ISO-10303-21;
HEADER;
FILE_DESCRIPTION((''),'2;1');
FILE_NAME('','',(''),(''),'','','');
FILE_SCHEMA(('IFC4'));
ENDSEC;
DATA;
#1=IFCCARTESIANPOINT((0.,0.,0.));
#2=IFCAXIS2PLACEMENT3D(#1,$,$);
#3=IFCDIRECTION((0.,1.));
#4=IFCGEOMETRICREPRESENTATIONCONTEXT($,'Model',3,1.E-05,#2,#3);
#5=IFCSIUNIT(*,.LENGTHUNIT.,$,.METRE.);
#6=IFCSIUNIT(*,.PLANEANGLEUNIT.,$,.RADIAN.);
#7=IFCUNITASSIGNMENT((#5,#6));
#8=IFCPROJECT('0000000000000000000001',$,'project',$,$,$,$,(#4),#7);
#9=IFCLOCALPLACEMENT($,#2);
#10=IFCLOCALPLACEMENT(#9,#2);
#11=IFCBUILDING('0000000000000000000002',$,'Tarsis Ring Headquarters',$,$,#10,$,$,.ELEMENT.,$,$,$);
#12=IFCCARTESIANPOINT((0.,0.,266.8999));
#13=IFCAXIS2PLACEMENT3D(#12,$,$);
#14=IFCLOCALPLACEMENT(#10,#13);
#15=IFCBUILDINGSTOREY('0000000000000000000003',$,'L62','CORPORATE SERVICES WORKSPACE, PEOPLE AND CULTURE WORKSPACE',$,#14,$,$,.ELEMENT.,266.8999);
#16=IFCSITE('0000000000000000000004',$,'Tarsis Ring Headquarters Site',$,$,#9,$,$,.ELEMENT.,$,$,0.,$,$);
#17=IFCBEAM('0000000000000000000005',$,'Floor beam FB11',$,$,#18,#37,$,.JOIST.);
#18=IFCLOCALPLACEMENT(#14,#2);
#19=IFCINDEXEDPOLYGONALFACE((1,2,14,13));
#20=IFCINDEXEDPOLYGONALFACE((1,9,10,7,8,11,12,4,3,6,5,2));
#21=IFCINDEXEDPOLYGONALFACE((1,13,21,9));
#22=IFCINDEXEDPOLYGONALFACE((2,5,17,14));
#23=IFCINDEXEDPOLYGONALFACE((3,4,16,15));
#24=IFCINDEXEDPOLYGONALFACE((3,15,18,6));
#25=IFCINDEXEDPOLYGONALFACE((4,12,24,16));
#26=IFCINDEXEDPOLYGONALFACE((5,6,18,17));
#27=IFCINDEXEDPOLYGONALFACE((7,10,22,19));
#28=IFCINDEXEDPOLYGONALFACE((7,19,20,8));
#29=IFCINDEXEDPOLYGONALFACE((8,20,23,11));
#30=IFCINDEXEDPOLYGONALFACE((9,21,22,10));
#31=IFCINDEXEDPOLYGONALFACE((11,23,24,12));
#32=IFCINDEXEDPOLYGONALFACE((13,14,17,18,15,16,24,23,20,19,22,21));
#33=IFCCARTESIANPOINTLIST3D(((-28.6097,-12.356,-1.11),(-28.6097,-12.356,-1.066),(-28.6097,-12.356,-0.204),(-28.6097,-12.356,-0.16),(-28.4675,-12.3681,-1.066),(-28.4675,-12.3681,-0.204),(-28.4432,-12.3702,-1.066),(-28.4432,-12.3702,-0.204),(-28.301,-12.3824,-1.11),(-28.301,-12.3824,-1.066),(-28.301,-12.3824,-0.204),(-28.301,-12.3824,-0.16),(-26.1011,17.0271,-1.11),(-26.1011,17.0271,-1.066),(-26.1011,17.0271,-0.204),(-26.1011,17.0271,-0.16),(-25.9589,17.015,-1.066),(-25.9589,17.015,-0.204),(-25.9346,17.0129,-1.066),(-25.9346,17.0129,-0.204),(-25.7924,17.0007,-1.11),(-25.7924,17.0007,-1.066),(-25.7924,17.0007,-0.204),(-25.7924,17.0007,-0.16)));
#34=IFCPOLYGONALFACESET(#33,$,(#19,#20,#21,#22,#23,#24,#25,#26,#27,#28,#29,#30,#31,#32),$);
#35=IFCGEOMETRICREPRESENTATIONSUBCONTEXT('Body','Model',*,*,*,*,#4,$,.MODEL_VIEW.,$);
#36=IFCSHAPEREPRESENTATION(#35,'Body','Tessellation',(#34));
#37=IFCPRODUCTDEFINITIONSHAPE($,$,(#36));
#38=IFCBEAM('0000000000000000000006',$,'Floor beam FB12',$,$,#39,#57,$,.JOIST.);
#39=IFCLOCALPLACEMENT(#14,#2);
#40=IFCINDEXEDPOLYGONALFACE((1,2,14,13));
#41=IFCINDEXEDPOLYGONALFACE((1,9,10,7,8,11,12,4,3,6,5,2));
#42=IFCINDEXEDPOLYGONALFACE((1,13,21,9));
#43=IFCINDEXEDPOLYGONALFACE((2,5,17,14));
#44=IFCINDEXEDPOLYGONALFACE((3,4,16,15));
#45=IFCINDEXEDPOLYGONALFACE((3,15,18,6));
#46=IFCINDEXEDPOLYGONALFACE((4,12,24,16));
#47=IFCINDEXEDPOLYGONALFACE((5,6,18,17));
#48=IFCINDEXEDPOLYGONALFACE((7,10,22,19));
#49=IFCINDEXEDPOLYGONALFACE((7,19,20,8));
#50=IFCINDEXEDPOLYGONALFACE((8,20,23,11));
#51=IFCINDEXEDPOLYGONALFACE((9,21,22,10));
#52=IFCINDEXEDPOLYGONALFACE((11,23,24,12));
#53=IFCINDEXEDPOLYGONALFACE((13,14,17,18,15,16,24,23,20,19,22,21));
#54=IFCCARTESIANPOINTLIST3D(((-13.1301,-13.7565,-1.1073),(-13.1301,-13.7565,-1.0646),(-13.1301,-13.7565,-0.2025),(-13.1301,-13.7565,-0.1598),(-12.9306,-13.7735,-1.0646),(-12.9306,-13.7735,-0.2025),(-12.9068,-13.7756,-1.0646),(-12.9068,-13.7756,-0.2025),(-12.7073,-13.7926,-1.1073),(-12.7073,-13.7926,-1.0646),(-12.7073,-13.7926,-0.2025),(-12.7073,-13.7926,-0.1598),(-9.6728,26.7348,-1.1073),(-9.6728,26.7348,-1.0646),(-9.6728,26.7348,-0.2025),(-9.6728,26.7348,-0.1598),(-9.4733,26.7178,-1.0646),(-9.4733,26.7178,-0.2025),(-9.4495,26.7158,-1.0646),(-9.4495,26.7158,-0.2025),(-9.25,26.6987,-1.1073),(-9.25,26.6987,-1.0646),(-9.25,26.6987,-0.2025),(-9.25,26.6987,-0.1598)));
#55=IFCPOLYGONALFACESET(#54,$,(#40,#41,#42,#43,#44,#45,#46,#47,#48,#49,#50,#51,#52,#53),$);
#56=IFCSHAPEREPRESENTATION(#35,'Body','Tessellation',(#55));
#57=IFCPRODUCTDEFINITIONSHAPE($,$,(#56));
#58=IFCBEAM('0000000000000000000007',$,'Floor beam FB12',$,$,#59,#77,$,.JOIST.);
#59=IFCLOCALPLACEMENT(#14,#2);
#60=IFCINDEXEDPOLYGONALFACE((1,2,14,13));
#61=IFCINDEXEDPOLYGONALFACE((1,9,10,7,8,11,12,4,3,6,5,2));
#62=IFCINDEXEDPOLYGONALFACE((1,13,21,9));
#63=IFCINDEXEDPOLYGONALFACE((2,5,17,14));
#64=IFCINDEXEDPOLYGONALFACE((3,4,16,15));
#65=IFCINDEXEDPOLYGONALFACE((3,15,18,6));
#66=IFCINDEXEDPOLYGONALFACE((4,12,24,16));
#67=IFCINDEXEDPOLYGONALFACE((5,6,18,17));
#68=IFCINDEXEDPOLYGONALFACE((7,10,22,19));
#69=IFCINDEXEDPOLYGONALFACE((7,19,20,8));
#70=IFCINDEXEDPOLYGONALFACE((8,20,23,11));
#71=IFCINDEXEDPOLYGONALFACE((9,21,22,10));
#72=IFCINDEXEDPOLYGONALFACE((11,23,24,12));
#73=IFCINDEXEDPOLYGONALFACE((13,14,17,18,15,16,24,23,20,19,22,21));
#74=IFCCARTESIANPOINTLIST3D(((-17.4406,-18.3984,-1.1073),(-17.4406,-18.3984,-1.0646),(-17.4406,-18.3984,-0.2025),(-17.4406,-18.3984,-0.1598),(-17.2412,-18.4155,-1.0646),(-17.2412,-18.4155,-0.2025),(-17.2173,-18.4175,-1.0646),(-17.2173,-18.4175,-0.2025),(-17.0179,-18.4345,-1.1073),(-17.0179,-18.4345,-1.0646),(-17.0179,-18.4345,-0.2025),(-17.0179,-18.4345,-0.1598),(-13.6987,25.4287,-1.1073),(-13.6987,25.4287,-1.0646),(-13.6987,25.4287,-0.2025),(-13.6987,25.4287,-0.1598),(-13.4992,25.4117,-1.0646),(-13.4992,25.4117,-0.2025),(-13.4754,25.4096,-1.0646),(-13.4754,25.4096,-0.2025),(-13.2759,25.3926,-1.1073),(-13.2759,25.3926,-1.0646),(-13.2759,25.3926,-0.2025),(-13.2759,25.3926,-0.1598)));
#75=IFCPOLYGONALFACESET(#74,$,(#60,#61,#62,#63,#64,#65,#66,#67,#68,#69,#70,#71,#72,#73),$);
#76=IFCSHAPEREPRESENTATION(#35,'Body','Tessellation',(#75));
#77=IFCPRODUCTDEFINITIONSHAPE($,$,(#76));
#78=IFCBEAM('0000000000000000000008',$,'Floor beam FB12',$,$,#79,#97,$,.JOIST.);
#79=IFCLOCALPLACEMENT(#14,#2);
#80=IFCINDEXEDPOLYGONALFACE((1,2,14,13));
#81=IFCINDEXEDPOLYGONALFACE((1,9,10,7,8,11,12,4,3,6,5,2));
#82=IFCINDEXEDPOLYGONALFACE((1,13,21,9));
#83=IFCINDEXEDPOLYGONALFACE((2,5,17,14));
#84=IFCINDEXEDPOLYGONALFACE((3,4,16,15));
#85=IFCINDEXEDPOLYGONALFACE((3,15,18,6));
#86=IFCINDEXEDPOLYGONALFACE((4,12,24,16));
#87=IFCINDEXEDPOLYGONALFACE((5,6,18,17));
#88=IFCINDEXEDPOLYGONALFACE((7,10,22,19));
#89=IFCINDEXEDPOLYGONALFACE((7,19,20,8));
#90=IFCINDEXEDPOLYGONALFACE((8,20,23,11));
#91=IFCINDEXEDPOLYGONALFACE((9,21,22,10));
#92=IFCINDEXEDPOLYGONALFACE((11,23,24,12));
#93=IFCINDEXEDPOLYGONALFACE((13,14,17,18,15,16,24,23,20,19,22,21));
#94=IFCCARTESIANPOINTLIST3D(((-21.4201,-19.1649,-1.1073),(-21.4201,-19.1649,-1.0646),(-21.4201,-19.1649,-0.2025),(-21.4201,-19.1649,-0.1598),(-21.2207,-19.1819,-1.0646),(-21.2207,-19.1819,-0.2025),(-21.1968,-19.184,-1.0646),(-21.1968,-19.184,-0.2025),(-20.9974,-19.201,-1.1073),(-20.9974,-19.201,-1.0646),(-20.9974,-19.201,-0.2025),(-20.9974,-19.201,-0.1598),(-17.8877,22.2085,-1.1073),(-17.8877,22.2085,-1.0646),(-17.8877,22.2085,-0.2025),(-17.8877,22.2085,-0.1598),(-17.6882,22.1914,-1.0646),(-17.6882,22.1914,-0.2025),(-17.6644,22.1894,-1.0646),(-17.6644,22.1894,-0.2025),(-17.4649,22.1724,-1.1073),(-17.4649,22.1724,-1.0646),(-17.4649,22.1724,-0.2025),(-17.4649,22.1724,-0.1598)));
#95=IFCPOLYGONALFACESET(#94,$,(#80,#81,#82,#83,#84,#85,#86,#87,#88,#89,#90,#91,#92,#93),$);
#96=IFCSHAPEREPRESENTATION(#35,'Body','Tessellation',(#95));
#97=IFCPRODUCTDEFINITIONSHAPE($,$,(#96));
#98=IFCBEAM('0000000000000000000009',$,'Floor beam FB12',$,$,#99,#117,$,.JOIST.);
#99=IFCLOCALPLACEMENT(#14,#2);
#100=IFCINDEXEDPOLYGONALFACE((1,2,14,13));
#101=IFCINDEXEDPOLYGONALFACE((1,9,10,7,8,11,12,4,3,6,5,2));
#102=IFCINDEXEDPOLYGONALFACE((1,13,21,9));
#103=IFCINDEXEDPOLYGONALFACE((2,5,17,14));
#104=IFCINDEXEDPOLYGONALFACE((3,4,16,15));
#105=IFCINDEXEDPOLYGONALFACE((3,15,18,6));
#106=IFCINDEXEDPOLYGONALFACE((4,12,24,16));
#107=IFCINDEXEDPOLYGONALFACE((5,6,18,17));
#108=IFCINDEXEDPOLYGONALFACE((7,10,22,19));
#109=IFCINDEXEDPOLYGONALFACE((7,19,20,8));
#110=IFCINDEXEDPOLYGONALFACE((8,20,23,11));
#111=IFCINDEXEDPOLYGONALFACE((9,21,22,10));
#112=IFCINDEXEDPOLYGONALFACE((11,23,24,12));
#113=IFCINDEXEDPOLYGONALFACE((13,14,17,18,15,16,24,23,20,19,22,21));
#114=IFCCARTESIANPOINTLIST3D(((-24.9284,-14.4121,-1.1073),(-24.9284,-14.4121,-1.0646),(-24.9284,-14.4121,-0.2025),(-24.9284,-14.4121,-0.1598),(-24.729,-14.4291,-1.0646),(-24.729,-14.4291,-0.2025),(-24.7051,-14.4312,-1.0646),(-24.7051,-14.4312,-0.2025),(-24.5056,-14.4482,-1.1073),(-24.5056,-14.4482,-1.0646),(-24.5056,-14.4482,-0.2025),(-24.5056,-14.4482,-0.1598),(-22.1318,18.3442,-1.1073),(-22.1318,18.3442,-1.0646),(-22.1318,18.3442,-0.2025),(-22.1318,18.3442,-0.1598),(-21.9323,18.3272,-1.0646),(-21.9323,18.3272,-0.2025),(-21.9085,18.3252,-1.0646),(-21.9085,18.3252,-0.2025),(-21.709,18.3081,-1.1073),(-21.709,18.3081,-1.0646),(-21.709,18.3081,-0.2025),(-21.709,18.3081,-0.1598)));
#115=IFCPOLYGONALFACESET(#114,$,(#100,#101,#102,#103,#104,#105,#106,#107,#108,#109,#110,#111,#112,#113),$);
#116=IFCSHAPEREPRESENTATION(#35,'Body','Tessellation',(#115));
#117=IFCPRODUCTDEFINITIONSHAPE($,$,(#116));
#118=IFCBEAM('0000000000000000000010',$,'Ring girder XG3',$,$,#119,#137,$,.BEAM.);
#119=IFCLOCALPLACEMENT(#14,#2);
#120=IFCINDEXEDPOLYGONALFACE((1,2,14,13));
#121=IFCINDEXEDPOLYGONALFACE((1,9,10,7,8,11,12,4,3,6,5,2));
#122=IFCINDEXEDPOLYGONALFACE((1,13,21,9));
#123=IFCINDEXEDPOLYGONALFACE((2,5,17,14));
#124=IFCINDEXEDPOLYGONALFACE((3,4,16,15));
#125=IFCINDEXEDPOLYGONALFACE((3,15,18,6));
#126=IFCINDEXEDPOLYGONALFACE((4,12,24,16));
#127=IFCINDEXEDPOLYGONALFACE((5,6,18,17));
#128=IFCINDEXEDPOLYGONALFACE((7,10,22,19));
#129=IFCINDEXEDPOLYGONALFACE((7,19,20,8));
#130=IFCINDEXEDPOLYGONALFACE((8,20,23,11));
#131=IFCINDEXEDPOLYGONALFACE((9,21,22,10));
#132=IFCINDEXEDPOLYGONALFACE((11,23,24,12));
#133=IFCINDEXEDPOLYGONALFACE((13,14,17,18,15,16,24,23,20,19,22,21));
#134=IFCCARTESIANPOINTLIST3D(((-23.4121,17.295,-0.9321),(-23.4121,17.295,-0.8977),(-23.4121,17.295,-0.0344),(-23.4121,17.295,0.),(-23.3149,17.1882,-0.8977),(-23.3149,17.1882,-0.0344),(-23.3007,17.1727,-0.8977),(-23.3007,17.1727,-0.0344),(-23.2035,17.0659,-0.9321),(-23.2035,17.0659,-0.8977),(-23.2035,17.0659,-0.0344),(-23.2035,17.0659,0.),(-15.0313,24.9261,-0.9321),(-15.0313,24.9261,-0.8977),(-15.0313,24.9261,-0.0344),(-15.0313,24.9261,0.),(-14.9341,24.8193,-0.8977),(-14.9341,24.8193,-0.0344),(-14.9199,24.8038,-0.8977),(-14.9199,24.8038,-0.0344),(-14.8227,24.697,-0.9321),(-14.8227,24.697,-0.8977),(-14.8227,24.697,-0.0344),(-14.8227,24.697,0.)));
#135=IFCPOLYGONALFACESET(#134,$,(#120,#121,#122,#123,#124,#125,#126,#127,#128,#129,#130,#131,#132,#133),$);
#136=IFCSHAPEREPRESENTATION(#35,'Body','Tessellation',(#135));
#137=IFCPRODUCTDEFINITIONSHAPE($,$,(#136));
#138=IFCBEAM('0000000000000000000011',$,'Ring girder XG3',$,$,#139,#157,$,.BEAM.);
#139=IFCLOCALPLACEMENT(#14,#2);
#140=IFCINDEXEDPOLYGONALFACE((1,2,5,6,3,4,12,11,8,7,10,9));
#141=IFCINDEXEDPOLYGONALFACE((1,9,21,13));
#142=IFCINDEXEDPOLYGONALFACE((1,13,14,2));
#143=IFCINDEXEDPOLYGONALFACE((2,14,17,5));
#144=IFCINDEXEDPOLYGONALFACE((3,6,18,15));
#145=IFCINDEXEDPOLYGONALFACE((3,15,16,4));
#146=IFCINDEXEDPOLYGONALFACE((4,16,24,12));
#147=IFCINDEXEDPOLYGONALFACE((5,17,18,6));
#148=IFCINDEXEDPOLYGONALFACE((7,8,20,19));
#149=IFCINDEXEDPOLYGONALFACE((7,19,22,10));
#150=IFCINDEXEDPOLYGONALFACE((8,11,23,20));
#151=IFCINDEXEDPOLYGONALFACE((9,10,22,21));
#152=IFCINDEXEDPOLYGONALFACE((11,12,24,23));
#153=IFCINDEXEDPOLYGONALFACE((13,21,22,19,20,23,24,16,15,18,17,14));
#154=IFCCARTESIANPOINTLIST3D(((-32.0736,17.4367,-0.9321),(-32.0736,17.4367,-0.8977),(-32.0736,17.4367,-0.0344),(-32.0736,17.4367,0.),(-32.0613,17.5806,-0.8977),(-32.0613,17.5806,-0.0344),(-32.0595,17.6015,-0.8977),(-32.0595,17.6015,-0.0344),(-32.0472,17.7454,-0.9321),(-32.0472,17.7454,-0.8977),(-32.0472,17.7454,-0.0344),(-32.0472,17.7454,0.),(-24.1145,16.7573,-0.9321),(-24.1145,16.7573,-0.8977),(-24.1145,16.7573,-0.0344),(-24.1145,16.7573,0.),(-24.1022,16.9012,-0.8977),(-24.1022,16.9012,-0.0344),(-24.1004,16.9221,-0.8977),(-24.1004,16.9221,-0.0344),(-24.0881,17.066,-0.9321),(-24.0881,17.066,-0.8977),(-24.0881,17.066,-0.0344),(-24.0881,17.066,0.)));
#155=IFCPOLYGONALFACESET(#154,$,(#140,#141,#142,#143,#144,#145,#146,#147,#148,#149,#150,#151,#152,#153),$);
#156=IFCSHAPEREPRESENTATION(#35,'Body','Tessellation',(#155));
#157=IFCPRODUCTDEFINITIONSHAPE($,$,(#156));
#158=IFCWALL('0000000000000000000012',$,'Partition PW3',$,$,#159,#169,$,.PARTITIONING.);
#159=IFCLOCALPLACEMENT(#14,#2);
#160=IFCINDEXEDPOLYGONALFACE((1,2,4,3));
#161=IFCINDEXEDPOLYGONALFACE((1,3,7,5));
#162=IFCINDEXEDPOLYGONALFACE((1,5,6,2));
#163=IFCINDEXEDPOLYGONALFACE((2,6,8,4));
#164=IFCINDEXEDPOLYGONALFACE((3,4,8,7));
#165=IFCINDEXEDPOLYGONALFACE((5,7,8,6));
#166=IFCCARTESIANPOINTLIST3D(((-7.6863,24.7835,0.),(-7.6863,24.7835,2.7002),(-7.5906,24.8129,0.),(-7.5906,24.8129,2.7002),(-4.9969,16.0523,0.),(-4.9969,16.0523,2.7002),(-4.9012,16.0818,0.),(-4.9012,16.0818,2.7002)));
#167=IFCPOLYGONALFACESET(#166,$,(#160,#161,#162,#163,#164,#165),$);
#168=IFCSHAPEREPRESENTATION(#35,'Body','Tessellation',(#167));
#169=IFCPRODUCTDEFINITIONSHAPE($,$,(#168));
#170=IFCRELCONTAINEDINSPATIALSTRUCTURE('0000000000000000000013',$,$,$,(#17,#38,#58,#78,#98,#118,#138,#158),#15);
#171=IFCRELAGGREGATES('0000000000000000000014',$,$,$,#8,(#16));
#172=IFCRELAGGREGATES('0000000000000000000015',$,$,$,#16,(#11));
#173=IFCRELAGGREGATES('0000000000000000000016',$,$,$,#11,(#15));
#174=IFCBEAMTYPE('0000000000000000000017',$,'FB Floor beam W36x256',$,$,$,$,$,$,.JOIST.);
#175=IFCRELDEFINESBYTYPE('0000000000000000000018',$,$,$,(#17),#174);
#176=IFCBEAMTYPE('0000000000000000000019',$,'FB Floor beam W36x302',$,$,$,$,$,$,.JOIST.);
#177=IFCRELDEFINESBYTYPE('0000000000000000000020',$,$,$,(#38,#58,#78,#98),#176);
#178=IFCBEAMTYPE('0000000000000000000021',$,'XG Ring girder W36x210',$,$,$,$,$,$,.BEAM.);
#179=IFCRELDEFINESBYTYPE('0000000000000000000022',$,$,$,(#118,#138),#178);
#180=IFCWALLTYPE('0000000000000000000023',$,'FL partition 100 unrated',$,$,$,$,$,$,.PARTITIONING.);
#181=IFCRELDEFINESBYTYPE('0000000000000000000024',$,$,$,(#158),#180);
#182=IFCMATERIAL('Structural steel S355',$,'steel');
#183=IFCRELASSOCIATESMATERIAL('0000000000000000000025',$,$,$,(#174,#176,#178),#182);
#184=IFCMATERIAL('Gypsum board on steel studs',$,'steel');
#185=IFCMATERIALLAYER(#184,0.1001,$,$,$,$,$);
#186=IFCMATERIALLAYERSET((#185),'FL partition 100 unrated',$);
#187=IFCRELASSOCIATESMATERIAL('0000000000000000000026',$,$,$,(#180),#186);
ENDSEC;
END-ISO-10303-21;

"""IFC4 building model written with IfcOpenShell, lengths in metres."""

from ifc_helpers import new_model, si_unit, direction, frame, frame_2d, origin, origin_2d, place, context, subcontext, project, spatial, rectangle, i_section, extrude, material, layer, layer_set, material_profile, profile_set, type_object, element, save


model = new_model("IFC4")

# Units and contexts
model_context = context("Model", 3, precision=1e-05, world=origin(), true_north=direction((0.0, 1.0)))
body_context = subcontext(model_context, "Body", "Model", "MODEL_VIEW")
ifc_project = project(units=[si_unit("LENGTHUNIT", "METRE"), si_unit("PLANEANGLEUNIT", "RADIAN")], contexts=[model_context])

# Site, building, storey
site_placement = place(None, origin())
site = spatial("IfcSite", under=ifc_project, at=site_placement, Name="Tarsis Ring Headquarters Site", CompositionType="ELEMENT", RefElevation=0.0)
building_placement = place(site_placement, origin())
building = spatial("IfcBuilding", under=site, at=building_placement, Name="Tarsis Ring Headquarters", CompositionType="ELEMENT")
storey_placement = place(building_placement, frame((0.0, 0.0, 266.8999)))
storey = spatial("IfcBuildingStorey", under=building, at=storey_placement, Name="L62", Description="CORPORATE SERVICES WORKSPACE, PEOPLE AND CULTURE WORKSPACE", CompositionType="ELEMENT", Elevation=266.8999)

# Shared definitions
ifc_material_1 = material(Name="Structural steel S355", Category="steel")

# Beams
ifc_material_profile_1 = material_profile(ifc_material_1, i_section(OverallWidth=0.3098, OverallDepth=0.95, WebThickness=0.0244, FlangeThickness=0.0439, at=origin_2d()), Name="W36x256")
ifc_profile_set_1 = profile_set([ifc_material_profile_1], Name="Structural steel S355")
beam_type_1 = type_object("IfcBeamType", Name="FB Floor beam W36x256", PredefinedType="JOIST", material=ifc_profile_set_1)
beam_1_placement = place(storey_placement, frame((-25.9468, 17.0139, -0.635), z_axis=(-0.085064, -0.996375, 0.0), x_axis=(0.996375, -0.085064, 0.0)))
element("IfcBeam", 1, at=beam_1_placement, inside=storey, type_object=beam_type_1, Name="Floor beam FB11", PredefinedType="JOIST", context=body_context, shape_type="SweptSolid", body=[
    extrude(i_section(OverallWidth=0.3098, OverallDepth=0.95, WebThickness=0.0244, FlangeThickness=0.0439, at=origin_2d()), origin(), (0.0, 0.0, 1.0), 29.49),
])
ifc_material_profile_2 = material_profile(ifc_material_1, i_section(OverallWidth=0.4243, OverallDepth=0.9475, WebThickness=0.0239, FlangeThickness=0.0427, at=origin_2d()), Name="W36x302")
ifc_profile_set_2 = profile_set([ifc_material_profile_2], Name="Structural steel S355")
beam_type_2 = type_object("IfcBeamType", Name="FB Floor beam W36x302", PredefinedType="JOIST", material=ifc_profile_set_2)
beam_2_placement = place(storey_placement, frame((-9.4614, 26.7168, -0.6335), z_axis=(-0.085073, -0.996375, 0.0), x_axis=(0.996375, -0.085073, 0.0)))
element("IfcBeam", 2, at=beam_2_placement, inside=storey, type_object=beam_type_2, Name="Floor beam FB12", PredefinedType="JOIST", context=body_context, shape_type="SweptSolid", body=[
    extrude(i_section(OverallWidth=0.4243, OverallDepth=0.9475, WebThickness=0.0239, FlangeThickness=0.0427, at=origin_2d()), origin(), (0.0, 0.0, 1.0), 40.6387),
])
beam_3_placement = place(storey_placement, frame((-13.4873, 25.4106, -0.6335), z_axis=(-0.08507, -0.996375, 0.0), x_axis=(0.996375, -0.08507, 0.0)))
element("IfcBeam", 3, at=beam_3_placement, inside=storey, type_object=beam_type_2, Name="Floor beam FB12", PredefinedType="JOIST", context=body_context, shape_type="SweptSolid", body=[
    extrude(i_section(OverallWidth=0.4243, OverallDepth=0.9475, WebThickness=0.0239, FlangeThickness=0.0427, at=origin_2d()), origin(), (0.0, 0.0, 1.0), 43.9866),
])
beam_4_placement = place(storey_placement, frame((-17.6763, 22.1904, -0.6335), z_axis=(-0.085071, -0.996375, 0.0), x_axis=(0.996375, -0.085071, 0.0)))
element("IfcBeam", 4, at=beam_4_placement, inside=storey, type_object=beam_type_2, Name="Floor beam FB12", PredefinedType="JOIST", context=body_context, shape_type="SweptSolid", body=[
    extrude(i_section(OverallWidth=0.4243, OverallDepth=0.9475, WebThickness=0.0239, FlangeThickness=0.0427, at=origin_2d()), origin(), (0.0, 0.0, 1.0), 41.5239),
])
beam_5_placement = place(storey_placement, frame((-21.9204, 18.3262, -0.6335), z_axis=(-0.085067, -0.996375, 0.0), x_axis=(0.996375, -0.085067, 0.0)))
element("IfcBeam", 5, at=beam_5_placement, inside=storey, type_object=beam_type_2, Name="Floor beam FB12", PredefinedType="JOIST", context=body_context, shape_type="SweptSolid", body=[
    extrude(i_section(OverallWidth=0.4243, OverallDepth=0.9475, WebThickness=0.0239, FlangeThickness=0.0427, at=origin_2d()), origin(), (0.0, 0.0, 1.0), 32.8755),
])
ifc_material_profile_3 = material_profile(ifc_material_1, i_section(OverallWidth=0.3098, OverallDepth=0.9321, WebThickness=0.021, FlangeThickness=0.0344, at=origin_2d()), Name="W36x210")
ifc_profile_set_3 = profile_set([ifc_material_profile_3], Name="Structural steel S355")
beam_type_3 = type_object("IfcBeamType", Name="XG Ring girder W36x210", PredefinedType="BEAM", material=ifc_profile_set_3)
beam_6_placement = place(storey_placement, frame((-14.927, 24.8115, -0.4661), z_axis=(-0.739407, -0.673259, 0.0), x_axis=(0.673259, -0.739407, 0.0)))
element("IfcBeam", 6, at=beam_6_placement, inside=storey, type_object=beam_type_3, Name="Ring girder XG3", PredefinedType="BEAM", context=body_context, shape_type="SweptSolid", body=[
    extrude(i_section(OverallWidth=0.3098, OverallDepth=0.9321, WebThickness=0.021, FlangeThickness=0.0344, at=origin_2d()), origin(), (0.0, 0.0, 1.0), 11.3345),
])
beam_7_placement = place(storey_placement, frame((-24.1013, 16.9116, -0.4661), z_axis=(-0.996376, 0.085059, 0.0), x_axis=(-0.085059, -0.996376, 0.0)))
element("IfcBeam", 7, at=beam_7_placement, inside=storey, type_object=beam_type_3, Name="Ring girder XG3", PredefinedType="BEAM", context=body_context, shape_type="SweptSolid", body=[
    extrude(i_section(OverallWidth=0.3098, OverallDepth=0.9321, WebThickness=0.021, FlangeThickness=0.0344, at=origin_2d()), origin(), (0.0, 0.0, 1.0), 7.988),
])

# Wall
ifc_material_2 = material(Name="Gypsum board on steel studs", Category="steel")
ifc_layer_1 = layer(ifc_material_2, 0.1001)
ifc_layer_set_1 = layer_set([ifc_layer_1], Name="FL partition 100 unrated")
wall_type_1 = type_object("IfcWallType", Name="FL partition 100 unrated", PredefinedType="PARTITIONING", material=ifc_layer_set_1)
wall_1_placement = place(storey_placement, frame((-7.6384, 24.7981, 0.0), z_axis=(0.0, 0.0, 1.0), x_axis=(0.294379, -0.955689, 0.0)))
element("IfcWall", 8, at=wall_1_placement, inside=storey, type_object=wall_type_1, Name="Partition PW3", PredefinedType="PARTITIONING", context=body_context, shape_type="SweptSolid", body=[
    extrude(rectangle(XDim=9.136, YDim=0.1001, at=frame_2d((4.5679, 0.0))), origin(), (0.0, 0.0, 1.0), 2.7002),
])

save(model, "model.ifc")
